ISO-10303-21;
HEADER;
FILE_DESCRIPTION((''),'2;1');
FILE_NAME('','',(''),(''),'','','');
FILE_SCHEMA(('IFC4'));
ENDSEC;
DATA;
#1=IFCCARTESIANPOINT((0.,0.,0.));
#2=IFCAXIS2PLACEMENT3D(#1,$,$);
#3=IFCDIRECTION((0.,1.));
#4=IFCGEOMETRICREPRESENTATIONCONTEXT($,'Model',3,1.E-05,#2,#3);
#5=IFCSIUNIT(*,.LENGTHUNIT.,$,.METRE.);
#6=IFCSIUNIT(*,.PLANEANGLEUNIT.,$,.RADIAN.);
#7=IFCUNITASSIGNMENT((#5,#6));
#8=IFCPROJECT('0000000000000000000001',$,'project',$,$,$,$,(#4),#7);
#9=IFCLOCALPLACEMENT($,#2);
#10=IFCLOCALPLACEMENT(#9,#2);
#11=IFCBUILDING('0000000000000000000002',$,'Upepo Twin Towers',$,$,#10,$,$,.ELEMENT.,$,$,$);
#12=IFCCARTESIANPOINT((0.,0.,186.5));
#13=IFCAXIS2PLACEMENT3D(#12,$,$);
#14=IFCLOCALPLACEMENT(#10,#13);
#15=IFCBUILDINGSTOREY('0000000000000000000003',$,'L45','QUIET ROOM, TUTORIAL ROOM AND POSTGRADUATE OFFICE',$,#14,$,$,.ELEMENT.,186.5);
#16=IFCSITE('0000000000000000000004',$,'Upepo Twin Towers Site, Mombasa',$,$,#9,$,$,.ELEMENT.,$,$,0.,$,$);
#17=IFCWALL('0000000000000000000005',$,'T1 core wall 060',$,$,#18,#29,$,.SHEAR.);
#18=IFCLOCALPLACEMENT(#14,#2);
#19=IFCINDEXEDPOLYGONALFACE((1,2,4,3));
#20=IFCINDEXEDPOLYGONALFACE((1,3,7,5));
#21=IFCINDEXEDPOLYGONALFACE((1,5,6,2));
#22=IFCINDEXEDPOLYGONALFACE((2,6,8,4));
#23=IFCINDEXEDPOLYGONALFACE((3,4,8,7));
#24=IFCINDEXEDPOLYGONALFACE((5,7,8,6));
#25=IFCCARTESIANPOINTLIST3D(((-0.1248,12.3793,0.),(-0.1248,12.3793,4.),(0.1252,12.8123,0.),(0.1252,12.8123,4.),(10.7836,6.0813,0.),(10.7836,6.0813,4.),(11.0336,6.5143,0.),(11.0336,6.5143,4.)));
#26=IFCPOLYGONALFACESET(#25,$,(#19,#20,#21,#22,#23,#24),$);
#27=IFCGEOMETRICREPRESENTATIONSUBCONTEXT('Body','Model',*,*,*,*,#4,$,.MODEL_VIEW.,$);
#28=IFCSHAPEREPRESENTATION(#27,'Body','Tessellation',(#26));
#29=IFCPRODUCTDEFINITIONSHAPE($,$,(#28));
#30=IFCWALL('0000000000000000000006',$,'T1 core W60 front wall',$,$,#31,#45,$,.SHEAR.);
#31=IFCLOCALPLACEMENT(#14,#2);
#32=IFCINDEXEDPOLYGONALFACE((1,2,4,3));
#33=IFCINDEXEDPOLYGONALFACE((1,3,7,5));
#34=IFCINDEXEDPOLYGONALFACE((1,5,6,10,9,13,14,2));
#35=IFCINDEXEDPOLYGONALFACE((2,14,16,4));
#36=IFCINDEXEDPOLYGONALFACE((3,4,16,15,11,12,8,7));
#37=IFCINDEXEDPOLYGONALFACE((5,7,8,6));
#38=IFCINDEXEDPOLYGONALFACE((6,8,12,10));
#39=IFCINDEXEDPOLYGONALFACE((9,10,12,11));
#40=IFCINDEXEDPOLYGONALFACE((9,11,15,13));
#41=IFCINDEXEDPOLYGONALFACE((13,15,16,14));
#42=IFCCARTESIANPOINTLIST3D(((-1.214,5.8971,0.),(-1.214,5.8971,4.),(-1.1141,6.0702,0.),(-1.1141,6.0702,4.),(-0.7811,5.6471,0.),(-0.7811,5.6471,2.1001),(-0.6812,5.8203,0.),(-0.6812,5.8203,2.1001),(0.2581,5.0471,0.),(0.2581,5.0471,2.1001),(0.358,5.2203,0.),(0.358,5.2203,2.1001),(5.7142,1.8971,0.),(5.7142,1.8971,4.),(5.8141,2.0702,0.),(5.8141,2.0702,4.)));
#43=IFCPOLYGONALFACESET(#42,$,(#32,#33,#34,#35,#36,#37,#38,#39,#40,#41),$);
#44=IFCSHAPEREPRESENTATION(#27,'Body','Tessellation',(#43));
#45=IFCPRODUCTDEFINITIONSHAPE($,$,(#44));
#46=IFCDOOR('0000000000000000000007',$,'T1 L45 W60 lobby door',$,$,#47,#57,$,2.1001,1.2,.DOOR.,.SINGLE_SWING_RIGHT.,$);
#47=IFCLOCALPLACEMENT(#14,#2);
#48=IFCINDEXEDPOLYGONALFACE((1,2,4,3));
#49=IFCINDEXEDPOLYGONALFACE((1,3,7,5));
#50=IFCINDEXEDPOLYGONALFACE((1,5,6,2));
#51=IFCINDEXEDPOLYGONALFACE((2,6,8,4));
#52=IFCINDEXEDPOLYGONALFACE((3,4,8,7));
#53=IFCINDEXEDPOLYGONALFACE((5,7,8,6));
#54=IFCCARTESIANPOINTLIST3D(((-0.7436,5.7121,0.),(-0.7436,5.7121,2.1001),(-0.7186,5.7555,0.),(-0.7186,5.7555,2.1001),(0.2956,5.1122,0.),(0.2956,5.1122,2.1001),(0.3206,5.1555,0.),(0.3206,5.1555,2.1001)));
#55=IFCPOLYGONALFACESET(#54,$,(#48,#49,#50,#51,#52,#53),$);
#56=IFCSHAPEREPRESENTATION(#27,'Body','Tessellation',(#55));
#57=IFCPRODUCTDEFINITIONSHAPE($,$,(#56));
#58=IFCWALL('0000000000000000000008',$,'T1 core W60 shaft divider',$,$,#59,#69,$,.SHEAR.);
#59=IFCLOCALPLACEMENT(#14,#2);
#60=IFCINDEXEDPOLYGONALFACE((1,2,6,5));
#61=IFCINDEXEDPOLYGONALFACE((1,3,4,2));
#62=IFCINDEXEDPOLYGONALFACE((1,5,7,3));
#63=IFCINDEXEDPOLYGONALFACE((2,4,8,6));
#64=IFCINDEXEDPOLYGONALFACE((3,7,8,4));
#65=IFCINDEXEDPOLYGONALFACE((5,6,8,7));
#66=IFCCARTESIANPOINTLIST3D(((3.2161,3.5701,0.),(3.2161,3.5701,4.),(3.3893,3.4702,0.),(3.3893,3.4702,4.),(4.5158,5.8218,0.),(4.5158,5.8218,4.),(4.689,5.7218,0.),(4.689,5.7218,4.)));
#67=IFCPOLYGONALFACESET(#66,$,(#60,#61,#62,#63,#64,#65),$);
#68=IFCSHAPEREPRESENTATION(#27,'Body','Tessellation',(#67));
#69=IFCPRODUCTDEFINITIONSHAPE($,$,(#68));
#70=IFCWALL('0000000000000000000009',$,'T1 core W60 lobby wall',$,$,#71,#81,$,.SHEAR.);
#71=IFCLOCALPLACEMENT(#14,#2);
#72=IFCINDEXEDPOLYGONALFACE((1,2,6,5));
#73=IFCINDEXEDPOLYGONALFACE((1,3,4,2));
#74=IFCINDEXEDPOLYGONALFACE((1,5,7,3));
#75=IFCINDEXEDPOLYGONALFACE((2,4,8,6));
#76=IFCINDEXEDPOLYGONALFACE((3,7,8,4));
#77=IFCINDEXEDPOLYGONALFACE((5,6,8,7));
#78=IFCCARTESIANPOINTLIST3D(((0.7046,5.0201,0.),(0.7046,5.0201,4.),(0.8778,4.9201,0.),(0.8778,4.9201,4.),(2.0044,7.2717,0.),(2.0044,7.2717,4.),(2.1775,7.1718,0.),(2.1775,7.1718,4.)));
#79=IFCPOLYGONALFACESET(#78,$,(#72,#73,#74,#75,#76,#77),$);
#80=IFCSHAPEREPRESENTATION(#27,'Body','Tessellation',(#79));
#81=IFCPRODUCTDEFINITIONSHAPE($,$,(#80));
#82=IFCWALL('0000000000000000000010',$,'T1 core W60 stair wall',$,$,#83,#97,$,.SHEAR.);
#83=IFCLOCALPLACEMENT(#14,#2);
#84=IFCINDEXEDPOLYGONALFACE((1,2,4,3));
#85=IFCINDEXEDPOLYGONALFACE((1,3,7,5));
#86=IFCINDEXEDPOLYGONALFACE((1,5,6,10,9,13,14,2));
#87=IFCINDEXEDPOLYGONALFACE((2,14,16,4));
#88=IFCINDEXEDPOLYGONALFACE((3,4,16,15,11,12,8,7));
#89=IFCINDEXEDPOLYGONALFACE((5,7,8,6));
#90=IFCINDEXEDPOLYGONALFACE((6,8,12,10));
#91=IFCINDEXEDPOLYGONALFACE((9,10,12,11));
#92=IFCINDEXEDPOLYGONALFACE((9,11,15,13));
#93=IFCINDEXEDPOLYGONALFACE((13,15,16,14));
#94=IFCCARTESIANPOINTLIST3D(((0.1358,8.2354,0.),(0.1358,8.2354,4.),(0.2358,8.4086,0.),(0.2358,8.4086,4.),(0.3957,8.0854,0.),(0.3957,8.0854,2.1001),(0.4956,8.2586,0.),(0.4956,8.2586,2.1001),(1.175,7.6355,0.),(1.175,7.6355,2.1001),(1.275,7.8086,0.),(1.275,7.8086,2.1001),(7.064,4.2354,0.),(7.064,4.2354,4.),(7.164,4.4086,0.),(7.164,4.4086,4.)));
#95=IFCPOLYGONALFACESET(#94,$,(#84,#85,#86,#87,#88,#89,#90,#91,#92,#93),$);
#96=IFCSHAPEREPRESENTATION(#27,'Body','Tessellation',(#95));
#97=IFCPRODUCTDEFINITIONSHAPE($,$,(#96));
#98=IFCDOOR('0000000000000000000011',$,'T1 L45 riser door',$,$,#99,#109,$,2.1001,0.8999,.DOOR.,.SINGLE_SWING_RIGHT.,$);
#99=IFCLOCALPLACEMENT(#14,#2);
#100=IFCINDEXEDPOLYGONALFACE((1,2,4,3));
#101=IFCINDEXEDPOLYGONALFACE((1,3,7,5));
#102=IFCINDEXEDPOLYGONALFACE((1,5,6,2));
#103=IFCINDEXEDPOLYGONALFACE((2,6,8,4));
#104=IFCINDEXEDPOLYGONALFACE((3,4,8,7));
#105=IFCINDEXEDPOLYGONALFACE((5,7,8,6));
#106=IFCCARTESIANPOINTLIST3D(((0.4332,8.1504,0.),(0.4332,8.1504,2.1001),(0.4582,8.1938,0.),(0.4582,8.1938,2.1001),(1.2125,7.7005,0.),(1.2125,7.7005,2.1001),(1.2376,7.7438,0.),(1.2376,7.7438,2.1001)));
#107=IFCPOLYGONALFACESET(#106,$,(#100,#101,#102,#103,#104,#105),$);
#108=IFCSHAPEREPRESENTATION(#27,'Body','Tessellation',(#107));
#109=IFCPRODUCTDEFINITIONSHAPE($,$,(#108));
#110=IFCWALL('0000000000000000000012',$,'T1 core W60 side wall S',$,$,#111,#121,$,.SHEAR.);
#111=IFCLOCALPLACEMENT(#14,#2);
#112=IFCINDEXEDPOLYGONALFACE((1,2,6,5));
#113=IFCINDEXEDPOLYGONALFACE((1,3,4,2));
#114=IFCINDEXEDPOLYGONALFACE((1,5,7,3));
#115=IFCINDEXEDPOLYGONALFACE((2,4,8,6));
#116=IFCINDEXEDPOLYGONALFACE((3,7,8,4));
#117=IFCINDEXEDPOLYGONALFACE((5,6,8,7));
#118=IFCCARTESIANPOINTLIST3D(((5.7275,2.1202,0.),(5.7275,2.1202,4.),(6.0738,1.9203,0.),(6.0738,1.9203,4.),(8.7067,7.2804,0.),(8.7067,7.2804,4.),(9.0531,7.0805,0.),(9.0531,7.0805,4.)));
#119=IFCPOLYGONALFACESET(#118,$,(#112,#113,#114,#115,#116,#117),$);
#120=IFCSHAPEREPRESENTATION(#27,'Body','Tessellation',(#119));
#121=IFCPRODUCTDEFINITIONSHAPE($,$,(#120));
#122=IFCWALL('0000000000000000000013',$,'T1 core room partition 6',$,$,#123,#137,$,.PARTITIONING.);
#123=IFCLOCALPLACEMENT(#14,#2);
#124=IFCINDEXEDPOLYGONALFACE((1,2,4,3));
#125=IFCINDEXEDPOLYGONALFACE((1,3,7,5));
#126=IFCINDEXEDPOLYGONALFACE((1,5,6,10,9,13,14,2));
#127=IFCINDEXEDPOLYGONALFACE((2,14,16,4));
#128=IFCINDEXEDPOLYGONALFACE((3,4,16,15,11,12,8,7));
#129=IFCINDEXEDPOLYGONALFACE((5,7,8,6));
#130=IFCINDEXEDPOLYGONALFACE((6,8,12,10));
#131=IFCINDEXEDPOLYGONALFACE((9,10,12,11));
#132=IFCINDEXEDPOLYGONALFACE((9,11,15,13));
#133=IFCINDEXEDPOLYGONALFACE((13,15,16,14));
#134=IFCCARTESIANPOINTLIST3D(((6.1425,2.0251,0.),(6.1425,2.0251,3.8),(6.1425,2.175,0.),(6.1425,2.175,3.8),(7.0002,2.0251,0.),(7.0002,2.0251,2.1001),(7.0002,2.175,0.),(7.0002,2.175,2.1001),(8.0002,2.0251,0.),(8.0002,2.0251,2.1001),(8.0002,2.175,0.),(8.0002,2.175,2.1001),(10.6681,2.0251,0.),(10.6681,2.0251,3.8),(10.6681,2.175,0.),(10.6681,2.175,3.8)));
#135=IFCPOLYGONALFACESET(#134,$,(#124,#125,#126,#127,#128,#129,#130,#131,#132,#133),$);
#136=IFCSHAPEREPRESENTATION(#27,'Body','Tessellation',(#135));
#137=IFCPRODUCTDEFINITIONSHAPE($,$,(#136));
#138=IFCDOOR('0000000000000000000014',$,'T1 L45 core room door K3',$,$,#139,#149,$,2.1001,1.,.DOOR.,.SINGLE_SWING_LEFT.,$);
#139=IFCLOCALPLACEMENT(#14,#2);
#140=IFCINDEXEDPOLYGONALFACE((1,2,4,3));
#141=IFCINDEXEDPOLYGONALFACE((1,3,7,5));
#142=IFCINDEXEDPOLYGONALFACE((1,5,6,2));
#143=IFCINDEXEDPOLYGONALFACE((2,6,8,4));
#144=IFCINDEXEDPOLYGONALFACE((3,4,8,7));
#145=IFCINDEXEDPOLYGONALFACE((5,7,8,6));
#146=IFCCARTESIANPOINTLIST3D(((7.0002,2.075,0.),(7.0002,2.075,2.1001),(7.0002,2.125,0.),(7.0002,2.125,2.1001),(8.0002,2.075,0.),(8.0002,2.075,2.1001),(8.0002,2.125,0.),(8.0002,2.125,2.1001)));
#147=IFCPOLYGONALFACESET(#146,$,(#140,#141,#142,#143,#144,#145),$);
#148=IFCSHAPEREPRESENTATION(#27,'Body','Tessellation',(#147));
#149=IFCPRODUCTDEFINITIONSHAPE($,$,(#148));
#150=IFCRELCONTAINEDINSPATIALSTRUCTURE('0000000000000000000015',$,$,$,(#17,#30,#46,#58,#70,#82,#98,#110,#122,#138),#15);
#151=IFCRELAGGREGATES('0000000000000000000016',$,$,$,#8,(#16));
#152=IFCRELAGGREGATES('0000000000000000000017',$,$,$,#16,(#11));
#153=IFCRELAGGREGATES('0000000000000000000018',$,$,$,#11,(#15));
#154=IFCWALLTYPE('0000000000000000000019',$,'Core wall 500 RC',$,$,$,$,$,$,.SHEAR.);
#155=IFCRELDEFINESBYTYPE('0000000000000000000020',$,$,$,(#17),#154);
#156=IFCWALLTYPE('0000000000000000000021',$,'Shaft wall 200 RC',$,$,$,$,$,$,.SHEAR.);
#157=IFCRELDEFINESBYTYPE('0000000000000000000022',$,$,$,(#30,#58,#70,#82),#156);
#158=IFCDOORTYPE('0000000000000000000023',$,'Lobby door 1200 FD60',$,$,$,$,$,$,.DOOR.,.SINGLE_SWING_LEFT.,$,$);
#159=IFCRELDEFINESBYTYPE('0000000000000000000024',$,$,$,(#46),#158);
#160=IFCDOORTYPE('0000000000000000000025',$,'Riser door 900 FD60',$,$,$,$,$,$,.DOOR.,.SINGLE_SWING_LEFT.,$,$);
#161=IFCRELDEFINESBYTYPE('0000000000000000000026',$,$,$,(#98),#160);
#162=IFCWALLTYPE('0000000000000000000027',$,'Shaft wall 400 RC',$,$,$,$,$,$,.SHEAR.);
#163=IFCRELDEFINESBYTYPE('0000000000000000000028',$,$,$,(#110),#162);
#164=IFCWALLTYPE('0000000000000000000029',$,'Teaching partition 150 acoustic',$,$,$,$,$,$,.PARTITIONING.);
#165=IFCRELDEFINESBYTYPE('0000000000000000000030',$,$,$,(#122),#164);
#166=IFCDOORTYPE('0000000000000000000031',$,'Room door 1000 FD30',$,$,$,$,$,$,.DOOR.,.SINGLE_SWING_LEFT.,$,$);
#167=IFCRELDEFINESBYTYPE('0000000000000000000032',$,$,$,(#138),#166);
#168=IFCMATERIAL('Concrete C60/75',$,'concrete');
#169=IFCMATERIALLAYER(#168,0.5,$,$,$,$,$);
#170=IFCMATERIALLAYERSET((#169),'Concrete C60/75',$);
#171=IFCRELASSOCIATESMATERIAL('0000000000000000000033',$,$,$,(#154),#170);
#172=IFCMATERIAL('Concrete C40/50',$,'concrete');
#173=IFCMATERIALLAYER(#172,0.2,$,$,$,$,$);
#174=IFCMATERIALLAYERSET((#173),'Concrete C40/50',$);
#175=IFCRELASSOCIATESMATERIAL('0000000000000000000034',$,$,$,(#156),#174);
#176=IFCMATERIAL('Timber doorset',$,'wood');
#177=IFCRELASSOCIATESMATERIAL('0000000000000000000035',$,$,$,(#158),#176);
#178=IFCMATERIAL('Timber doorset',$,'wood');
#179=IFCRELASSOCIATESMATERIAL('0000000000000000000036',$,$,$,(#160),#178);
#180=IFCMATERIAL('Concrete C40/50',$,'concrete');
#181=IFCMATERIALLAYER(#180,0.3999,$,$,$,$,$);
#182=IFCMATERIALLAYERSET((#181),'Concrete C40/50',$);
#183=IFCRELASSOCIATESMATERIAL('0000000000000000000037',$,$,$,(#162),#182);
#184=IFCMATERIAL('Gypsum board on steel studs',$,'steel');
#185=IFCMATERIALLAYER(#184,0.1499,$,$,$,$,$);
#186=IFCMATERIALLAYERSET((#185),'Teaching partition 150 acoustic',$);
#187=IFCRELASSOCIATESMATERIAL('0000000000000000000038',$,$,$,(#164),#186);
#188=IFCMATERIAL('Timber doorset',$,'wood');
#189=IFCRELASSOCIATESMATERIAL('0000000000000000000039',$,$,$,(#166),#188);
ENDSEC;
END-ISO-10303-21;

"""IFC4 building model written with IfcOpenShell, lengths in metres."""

from ifc_helpers import new_model, si_unit, direction, frame, frame_2d, origin, place, context, subcontext, project, spatial, rectangle, extrude, material, layer, layer_set, type_object, element, fill, save


model = new_model("IFC4")

# Units and contexts
model_context = context("Model", 3, precision=1e-05, world=origin(), true_north=direction((0.0, 1.0)))
body_context = subcontext(model_context, "Body", "Model", "MODEL_VIEW")
ifc_project = project(units=[si_unit("LENGTHUNIT", "METRE"), si_unit("PLANEANGLEUNIT", "RADIAN")], contexts=[model_context])

# Site, building, storey
site_placement = place(None, origin())
site = spatial("IfcSite", under=ifc_project, at=site_placement, Name="Upepo Twin Towers Site, Mombasa", CompositionType="ELEMENT", RefElevation=0.0)
building_placement = place(site_placement, origin())
building = spatial("IfcBuilding", under=site, at=building_placement, Name="Upepo Twin Towers", CompositionType="ELEMENT")
storey_placement = place(building_placement, frame((0.0, 0.0, 186.5)))
storey = spatial("IfcBuildingStorey", under=building, at=storey_placement, Name="L45", Description="QUIET ROOM, TUTORIAL ROOM AND POSTGRADUATE OFFICE", CompositionType="ELEMENT", Elevation=186.5)

# Wall
ifc_material_1 = material(Name="Concrete C60/75", Category="concrete")
ifc_layer_1 = layer(ifc_material_1, 0.5)
ifc_layer_set_1 = layer_set([ifc_layer_1], Name="Concrete C60/75")
wall_type_1 = type_object("IfcWallType", Name="Core wall 500 RC", PredefinedType="SHEAR", material=ifc_layer_set_1)
wall_1_placement = place(storey_placement, frame((10.9084, 6.2979, 0.0), z_axis=(0.0, 0.0, 1.0), x_axis=(-0.866022, 0.500006, 0.0)))
element("IfcWall", 1, at=wall_1_placement, inside=storey, type_object=wall_type_1, Name="T1 core wall 060", PredefinedType="SHEAR", context=body_context, shape_type="SweptSolid", body=[
    extrude(rectangle(XDim=12.5959, YDim=0.5, at=frame_2d((6.2979, 0.0))), origin(), (0.0, 0.0, 1.0), 4.0),
])

# Wall, opening, door
ifc_material_2 = material(Name="Concrete C40/50", Category="concrete")
ifc_layer_2 = layer(ifc_material_2, 0.2)
ifc_layer_set_2 = layer_set([ifc_layer_2], Name="Concrete C40/50")
wall_type_2 = type_object("IfcWallType", Name="Shaft wall 200 RC", PredefinedType="SHEAR", material=ifc_layer_set_2)
wall_2_placement = place(storey_placement, frame((5.7642, 1.9836, 0.0), z_axis=(0.0, 0.0, 1.0), x_axis=(-0.866026, 0.499999, 0.0)))
wall_2 = element("IfcWall", 2, at=wall_2_placement, inside=storey, type_object=wall_type_2, Name="T1 core W60 front wall", PredefinedType="SHEAR", context=body_context, shape_type="SweptSolid", body=[
    extrude(rectangle(XDim=8.0, YDim=0.2, at=frame_2d((4.0, 0.0))), origin(), (0.0, 0.0, 1.0), 4.0),
])
opening_1_placement = place(wall_2_placement, frame((6.3, 0.0, 0.0)))
opening_1 = element("IfcOpeningElement", 3, at=opening_1_placement, cuts=wall_2, PredefinedType="OPENING", context=body_context, shape_type="SweptSolid", body=[
    extrude(rectangle(XDim=1.2, YDim=2.1001, at=frame_2d((0.6001, 1.05))), frame((0.0, 0.1099, 0.0), z_axis=(0.0, -1.0, 0.0), x_axis=(1.0, 0.0, 0.0)), (0.0, 0.0, 1.0), 0.22),
])
ifc_material_3 = material(Name="Timber doorset", Category="wood")
door_type_1 = type_object("IfcDoorType", Name="Lobby door 1200 FD60", OperationType="SINGLE_SWING_LEFT", PredefinedType="DOOR", material=ifc_material_3)
door_1_placement = place(opening_1_placement, origin())
door_1 = element("IfcDoor", 4, at=door_1_placement, inside=storey, type_object=door_type_1, Name="T1 L45 W60 lobby door", OperationType="SINGLE_SWING_RIGHT", OverallHeight=2.1001, OverallWidth=1.2, PredefinedType="DOOR", context=body_context, shape_type="SweptSolid", body=[
    extrude(rectangle(XDim=1.2, YDim=2.1001, at=frame_2d((0.6001, 1.05))), frame((0.0, 0.0249, 0.0), z_axis=(0.0, -1.0, 0.0), x_axis=(1.0, 0.0, 0.0)), (0.0, 0.0, 1.0), 0.05),
])
fill(opening_1, door_1)

# Walls
for number, where, z_axis, x_axis, name in (
    (5, (3.3027, 3.5203, 0.0), (0.0, 0.0, 1.0), (0.499937, 0.866062, 0.0), "T1 core W60 shaft divider"),
    (6, (0.7913, 4.9702, 0.0), (0.0, 0.0, 1.0), (0.499937, 0.866062, 0.0), "T1 core W60 lobby wall"),
):
    element("IfcWall", number, at=place(storey_placement, frame(where, z_axis=z_axis, x_axis=x_axis)), inside=storey, type_object=wall_type_2, Name=name, PredefinedType="SHEAR", context=body_context, shape_type="SweptSolid", body=[
        extrude(rectangle(XDim=2.5999, YDim=0.2, at=frame_2d((1.2998, 0.0))), origin(), (0.0, 0.0, 1.0), 4.0),
    ])

# Wall, opening, door
wall_3_placement = place(storey_placement, frame((7.114, 4.322, 0.0), z_axis=(0.0, 0.0, 1.0), x_axis=(-0.866026, 0.499999, 0.0)))
wall_3 = element("IfcWall", 7, at=wall_3_placement, inside=storey, type_object=wall_type_2, Name="T1 core W60 stair wall", PredefinedType="SHEAR", context=body_context, shape_type="SweptSolid", body=[
    extrude(rectangle(XDim=8.0, YDim=0.2, at=frame_2d((4.0, 0.0))), origin(), (0.0, 0.0, 1.0), 4.0),
])
opening_2_placement = place(wall_3_placement, frame((6.8, 0.0, 0.0)))
opening_2 = element("IfcOpeningElement", 8, at=opening_2_placement, cuts=wall_3, PredefinedType="OPENING", context=body_context, shape_type="SweptSolid", body=[
    extrude(rectangle(XDim=0.8999, YDim=2.1001, at=frame_2d((0.45, 1.05))), frame((0.0, 0.1099, 0.0), z_axis=(0.0, -1.0, 0.0), x_axis=(1.0, 0.0, 0.0)), (0.0, 0.0, 1.0), 0.22),
])
ifc_material_4 = material(Name="Timber doorset", Category="wood")
door_type_2 = type_object("IfcDoorType", Name="Riser door 900 FD60", OperationType="SINGLE_SWING_LEFT", PredefinedType="DOOR", material=ifc_material_4)
door_2_placement = place(opening_2_placement, origin())
door_2 = element("IfcDoor", 9, at=door_2_placement, inside=storey, type_object=door_type_2, Name="T1 L45 riser door", OperationType="SINGLE_SWING_RIGHT", OverallHeight=2.1001, OverallWidth=0.8999, PredefinedType="DOOR", context=body_context, shape_type="SweptSolid", body=[
    extrude(rectangle(XDim=0.8999, YDim=2.1001, at=frame_2d((0.45, 1.05))), frame((0.0, 0.0249, 0.0), z_axis=(0.0, -1.0, 0.0), x_axis=(1.0, 0.0, 0.0)), (0.0, 0.0, 1.0), 0.05),
])
fill(opening_2, door_2)

# Wall
ifc_material_5 = material(Name="Concrete C40/50", Category="concrete")
ifc_layer_3 = layer(ifc_material_5, 0.3999)
ifc_layer_set_3 = layer_set([ifc_layer_3], Name="Concrete C40/50")
wall_type_3 = type_object("IfcWallType", Name="Shaft wall 400 RC", PredefinedType="SHEAR", material=ifc_layer_set_3)
wall_4_placement = place(storey_placement, frame((5.9006, 2.0203, 0.0), z_axis=(0.0, 0.0, 1.0), x_axis=(0.500004, 0.866023, 0.0)))
element("IfcWall", 10, at=wall_4_placement, inside=storey, type_object=wall_type_3, Name="T1 core W60 side wall S", PredefinedType="SHEAR", context=body_context, shape_type="SweptSolid", body=[
    extrude(rectangle(XDim=5.9585, YDim=0.3999, at=frame_2d((2.9792, 0.0))), origin(), (0.0, 0.0, 1.0), 4.0),
])

# Wall, opening, door
ifc_material_6 = material(Name="Gypsum board on steel studs", Category="steel")
ifc_layer_4 = layer(ifc_material_6, 0.1499)
ifc_layer_set_4 = layer_set([ifc_layer_4], Name="Teaching partition 150 acoustic")
wall_type_4 = type_object("IfcWallType", Name="Teaching partition 150 acoustic", PredefinedType="PARTITIONING", material=ifc_layer_set_4)
wall_5_placement = place(storey_placement, frame((6.1426, 2.1001, 0.0), z_axis=(0.0, 0.0, 1.0), x_axis=(1.0, 0.0, 0.0)))
wall_5 = element("IfcWall", 11, at=wall_5_placement, inside=storey, type_object=wall_type_4, Name="T1 core room partition 6", PredefinedType="PARTITIONING", context=body_context, shape_type="SweptSolid", body=[
    extrude(rectangle(XDim=4.5256, YDim=0.1499, at=frame_2d((2.2627, 0.0))), origin(), (0.0, 0.0, 1.0), 3.8),
])
opening_3_placement = place(wall_5_placement, frame((0.8577, 0.0, 0.0)))
opening_3 = element("IfcOpeningElement", 12, at=opening_3_placement, cuts=wall_5, PredefinedType="OPENING", context=body_context, shape_type="SweptSolid", body=[
    extrude(rectangle(XDim=1.0, YDim=2.1001, at=frame_2d((0.5, 1.05))), frame((0.0, 0.085, 0.0), z_axis=(0.0, -1.0, 0.0), x_axis=(1.0, 0.0, 0.0)), (0.0, 0.0, 1.0), 0.1699),
])
ifc_material_7 = material(Name="Timber doorset", Category="wood")
door_type_3 = type_object("IfcDoorType", Name="Room door 1000 FD30", OperationType="SINGLE_SWING_LEFT", PredefinedType="DOOR", material=ifc_material_7)
door_3_placement = place(opening_3_placement, origin())
door_3 = element("IfcDoor", 13, at=door_3_placement, inside=storey, type_object=door_type_3, Name="T1 L45 core room door K3", OperationType="SINGLE_SWING_LEFT", OverallHeight=2.1001, OverallWidth=1.0, PredefinedType="DOOR", context=body_context, shape_type="SweptSolid", body=[
    extrude(rectangle(XDim=1.0, YDim=2.1001, at=frame_2d((0.5, 1.05))), frame((0.0, 0.0249, 0.0), z_axis=(0.0, -1.0, 0.0), x_axis=(1.0, 0.0, 0.0)), (0.0, 0.0, 1.0), 0.05),
])
fill(opening_3, door_3)

save(model, "model.ifc")
